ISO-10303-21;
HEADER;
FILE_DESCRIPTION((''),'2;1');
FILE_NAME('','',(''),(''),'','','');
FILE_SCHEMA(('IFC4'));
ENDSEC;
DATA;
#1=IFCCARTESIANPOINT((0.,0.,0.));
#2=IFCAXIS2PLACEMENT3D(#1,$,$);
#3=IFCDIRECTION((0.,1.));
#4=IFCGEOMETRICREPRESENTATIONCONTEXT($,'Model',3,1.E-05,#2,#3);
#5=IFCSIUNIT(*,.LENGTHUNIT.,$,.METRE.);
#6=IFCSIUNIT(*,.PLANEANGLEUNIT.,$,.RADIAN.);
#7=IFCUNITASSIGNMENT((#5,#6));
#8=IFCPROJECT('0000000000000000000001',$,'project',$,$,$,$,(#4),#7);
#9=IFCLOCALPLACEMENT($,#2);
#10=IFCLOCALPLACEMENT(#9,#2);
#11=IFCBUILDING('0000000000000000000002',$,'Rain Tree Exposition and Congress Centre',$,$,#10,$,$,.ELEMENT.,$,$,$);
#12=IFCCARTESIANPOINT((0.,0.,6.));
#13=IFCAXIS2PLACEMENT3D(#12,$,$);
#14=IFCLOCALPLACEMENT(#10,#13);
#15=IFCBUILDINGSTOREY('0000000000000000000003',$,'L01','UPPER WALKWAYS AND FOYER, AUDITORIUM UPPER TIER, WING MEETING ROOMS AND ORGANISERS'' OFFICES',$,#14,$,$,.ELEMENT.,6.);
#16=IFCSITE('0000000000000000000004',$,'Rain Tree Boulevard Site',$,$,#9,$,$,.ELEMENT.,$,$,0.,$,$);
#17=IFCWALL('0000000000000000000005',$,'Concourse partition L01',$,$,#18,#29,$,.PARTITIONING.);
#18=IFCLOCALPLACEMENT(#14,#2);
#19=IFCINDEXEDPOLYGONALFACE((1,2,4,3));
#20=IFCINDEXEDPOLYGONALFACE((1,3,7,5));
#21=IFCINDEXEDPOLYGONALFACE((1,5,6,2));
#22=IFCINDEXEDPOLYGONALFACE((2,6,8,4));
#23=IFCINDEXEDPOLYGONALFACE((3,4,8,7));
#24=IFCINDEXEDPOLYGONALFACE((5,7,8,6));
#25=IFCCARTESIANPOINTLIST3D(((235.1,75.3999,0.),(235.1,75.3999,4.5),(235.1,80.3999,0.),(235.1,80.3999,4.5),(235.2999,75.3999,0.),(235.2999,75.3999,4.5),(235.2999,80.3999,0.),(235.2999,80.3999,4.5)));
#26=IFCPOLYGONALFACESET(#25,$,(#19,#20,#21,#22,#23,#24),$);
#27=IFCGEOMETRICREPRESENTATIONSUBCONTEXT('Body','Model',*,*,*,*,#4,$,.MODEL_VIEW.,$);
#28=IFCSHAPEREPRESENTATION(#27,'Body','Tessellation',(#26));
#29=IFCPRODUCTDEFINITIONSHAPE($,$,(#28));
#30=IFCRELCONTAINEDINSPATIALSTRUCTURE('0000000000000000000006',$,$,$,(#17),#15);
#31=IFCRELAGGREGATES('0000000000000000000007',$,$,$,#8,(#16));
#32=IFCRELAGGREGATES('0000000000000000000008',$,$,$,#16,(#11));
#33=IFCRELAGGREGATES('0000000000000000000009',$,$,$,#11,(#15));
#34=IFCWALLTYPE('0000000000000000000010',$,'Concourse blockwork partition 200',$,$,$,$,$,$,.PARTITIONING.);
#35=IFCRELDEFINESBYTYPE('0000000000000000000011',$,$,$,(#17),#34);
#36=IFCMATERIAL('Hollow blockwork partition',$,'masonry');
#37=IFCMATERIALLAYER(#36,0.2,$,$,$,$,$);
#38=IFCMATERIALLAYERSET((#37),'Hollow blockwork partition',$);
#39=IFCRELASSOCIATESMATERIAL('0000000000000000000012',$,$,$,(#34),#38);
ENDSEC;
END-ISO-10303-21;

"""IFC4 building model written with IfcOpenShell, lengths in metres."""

from ifc_helpers import new_model, si_unit, direction, frame, frame_2d, origin, place, context, subcontext, project, spatial, rectangle, extrude, material, layer, layer_set, type_object, element, save


model = new_model("IFC4")

# Units and contexts
model_context = context("Model", 3, precision=1e-05, world=origin(), true_north=direction((0.0, 1.0)))
body_context = subcontext(model_context, "Body", "Model", "MODEL_VIEW")
ifc_project = project(units=[si_unit("LENGTHUNIT", "METRE"), si_unit("PLANEANGLEUNIT", "RADIAN")], contexts=[model_context])

# Site, building, storey
site_placement = place(None, origin())
site = spatial("IfcSite", under=ifc_project, at=site_placement, Name="Rain Tree Boulevard Site", CompositionType="ELEMENT", RefElevation=0.0)
building_placement = place(site_placement, origin())
building = spatial("IfcBuilding", under=site, at=building_placement, Name="Rain Tree Exposition and Congress Centre", CompositionType="ELEMENT")
storey_placement = place(building_placement, frame((0.0, 0.0, 6.0)))
storey = spatial("IfcBuildingStorey", under=building, at=storey_placement, Name="L01", Description="UPPER WALKWAYS AND FOYER, AUDITORIUM UPPER TIER, WING MEETING ROOMS AND ORGANISERS' OFFICES", CompositionType="ELEMENT", Elevation=6.0)

# Wall
ifc_material_1 = material(Name="Hollow blockwork partition", Category="masonry")
ifc_layer_1 = layer(ifc_material_1, 0.2)
ifc_layer_set_1 = layer_set([ifc_layer_1], Name="Hollow blockwork partition")
wall_type = type_object("IfcWallType", Name="Concourse blockwork partition 200", PredefinedType="PARTITIONING", material=ifc_layer_set_1)
wall_1_placement = place(storey_placement, frame((235.2, 75.3999, 0.0), z_axis=(0.0, 0.0, 1.0), x_axis=(0.0, 1.0, 0.0)))
element("IfcWall", 1, at=wall_1_placement, inside=storey, type_object=wall_type, Name="Concourse partition L01", PredefinedType="PARTITIONING", context=body_context, shape_type="SweptSolid", body=[
    extrude(rectangle(XDim=5.0, YDim=0.2, at=frame_2d((2.5, 0.0))), origin(), (0.0, 0.0, 1.0), 4.5),
])

save(model, "model.ifc")
